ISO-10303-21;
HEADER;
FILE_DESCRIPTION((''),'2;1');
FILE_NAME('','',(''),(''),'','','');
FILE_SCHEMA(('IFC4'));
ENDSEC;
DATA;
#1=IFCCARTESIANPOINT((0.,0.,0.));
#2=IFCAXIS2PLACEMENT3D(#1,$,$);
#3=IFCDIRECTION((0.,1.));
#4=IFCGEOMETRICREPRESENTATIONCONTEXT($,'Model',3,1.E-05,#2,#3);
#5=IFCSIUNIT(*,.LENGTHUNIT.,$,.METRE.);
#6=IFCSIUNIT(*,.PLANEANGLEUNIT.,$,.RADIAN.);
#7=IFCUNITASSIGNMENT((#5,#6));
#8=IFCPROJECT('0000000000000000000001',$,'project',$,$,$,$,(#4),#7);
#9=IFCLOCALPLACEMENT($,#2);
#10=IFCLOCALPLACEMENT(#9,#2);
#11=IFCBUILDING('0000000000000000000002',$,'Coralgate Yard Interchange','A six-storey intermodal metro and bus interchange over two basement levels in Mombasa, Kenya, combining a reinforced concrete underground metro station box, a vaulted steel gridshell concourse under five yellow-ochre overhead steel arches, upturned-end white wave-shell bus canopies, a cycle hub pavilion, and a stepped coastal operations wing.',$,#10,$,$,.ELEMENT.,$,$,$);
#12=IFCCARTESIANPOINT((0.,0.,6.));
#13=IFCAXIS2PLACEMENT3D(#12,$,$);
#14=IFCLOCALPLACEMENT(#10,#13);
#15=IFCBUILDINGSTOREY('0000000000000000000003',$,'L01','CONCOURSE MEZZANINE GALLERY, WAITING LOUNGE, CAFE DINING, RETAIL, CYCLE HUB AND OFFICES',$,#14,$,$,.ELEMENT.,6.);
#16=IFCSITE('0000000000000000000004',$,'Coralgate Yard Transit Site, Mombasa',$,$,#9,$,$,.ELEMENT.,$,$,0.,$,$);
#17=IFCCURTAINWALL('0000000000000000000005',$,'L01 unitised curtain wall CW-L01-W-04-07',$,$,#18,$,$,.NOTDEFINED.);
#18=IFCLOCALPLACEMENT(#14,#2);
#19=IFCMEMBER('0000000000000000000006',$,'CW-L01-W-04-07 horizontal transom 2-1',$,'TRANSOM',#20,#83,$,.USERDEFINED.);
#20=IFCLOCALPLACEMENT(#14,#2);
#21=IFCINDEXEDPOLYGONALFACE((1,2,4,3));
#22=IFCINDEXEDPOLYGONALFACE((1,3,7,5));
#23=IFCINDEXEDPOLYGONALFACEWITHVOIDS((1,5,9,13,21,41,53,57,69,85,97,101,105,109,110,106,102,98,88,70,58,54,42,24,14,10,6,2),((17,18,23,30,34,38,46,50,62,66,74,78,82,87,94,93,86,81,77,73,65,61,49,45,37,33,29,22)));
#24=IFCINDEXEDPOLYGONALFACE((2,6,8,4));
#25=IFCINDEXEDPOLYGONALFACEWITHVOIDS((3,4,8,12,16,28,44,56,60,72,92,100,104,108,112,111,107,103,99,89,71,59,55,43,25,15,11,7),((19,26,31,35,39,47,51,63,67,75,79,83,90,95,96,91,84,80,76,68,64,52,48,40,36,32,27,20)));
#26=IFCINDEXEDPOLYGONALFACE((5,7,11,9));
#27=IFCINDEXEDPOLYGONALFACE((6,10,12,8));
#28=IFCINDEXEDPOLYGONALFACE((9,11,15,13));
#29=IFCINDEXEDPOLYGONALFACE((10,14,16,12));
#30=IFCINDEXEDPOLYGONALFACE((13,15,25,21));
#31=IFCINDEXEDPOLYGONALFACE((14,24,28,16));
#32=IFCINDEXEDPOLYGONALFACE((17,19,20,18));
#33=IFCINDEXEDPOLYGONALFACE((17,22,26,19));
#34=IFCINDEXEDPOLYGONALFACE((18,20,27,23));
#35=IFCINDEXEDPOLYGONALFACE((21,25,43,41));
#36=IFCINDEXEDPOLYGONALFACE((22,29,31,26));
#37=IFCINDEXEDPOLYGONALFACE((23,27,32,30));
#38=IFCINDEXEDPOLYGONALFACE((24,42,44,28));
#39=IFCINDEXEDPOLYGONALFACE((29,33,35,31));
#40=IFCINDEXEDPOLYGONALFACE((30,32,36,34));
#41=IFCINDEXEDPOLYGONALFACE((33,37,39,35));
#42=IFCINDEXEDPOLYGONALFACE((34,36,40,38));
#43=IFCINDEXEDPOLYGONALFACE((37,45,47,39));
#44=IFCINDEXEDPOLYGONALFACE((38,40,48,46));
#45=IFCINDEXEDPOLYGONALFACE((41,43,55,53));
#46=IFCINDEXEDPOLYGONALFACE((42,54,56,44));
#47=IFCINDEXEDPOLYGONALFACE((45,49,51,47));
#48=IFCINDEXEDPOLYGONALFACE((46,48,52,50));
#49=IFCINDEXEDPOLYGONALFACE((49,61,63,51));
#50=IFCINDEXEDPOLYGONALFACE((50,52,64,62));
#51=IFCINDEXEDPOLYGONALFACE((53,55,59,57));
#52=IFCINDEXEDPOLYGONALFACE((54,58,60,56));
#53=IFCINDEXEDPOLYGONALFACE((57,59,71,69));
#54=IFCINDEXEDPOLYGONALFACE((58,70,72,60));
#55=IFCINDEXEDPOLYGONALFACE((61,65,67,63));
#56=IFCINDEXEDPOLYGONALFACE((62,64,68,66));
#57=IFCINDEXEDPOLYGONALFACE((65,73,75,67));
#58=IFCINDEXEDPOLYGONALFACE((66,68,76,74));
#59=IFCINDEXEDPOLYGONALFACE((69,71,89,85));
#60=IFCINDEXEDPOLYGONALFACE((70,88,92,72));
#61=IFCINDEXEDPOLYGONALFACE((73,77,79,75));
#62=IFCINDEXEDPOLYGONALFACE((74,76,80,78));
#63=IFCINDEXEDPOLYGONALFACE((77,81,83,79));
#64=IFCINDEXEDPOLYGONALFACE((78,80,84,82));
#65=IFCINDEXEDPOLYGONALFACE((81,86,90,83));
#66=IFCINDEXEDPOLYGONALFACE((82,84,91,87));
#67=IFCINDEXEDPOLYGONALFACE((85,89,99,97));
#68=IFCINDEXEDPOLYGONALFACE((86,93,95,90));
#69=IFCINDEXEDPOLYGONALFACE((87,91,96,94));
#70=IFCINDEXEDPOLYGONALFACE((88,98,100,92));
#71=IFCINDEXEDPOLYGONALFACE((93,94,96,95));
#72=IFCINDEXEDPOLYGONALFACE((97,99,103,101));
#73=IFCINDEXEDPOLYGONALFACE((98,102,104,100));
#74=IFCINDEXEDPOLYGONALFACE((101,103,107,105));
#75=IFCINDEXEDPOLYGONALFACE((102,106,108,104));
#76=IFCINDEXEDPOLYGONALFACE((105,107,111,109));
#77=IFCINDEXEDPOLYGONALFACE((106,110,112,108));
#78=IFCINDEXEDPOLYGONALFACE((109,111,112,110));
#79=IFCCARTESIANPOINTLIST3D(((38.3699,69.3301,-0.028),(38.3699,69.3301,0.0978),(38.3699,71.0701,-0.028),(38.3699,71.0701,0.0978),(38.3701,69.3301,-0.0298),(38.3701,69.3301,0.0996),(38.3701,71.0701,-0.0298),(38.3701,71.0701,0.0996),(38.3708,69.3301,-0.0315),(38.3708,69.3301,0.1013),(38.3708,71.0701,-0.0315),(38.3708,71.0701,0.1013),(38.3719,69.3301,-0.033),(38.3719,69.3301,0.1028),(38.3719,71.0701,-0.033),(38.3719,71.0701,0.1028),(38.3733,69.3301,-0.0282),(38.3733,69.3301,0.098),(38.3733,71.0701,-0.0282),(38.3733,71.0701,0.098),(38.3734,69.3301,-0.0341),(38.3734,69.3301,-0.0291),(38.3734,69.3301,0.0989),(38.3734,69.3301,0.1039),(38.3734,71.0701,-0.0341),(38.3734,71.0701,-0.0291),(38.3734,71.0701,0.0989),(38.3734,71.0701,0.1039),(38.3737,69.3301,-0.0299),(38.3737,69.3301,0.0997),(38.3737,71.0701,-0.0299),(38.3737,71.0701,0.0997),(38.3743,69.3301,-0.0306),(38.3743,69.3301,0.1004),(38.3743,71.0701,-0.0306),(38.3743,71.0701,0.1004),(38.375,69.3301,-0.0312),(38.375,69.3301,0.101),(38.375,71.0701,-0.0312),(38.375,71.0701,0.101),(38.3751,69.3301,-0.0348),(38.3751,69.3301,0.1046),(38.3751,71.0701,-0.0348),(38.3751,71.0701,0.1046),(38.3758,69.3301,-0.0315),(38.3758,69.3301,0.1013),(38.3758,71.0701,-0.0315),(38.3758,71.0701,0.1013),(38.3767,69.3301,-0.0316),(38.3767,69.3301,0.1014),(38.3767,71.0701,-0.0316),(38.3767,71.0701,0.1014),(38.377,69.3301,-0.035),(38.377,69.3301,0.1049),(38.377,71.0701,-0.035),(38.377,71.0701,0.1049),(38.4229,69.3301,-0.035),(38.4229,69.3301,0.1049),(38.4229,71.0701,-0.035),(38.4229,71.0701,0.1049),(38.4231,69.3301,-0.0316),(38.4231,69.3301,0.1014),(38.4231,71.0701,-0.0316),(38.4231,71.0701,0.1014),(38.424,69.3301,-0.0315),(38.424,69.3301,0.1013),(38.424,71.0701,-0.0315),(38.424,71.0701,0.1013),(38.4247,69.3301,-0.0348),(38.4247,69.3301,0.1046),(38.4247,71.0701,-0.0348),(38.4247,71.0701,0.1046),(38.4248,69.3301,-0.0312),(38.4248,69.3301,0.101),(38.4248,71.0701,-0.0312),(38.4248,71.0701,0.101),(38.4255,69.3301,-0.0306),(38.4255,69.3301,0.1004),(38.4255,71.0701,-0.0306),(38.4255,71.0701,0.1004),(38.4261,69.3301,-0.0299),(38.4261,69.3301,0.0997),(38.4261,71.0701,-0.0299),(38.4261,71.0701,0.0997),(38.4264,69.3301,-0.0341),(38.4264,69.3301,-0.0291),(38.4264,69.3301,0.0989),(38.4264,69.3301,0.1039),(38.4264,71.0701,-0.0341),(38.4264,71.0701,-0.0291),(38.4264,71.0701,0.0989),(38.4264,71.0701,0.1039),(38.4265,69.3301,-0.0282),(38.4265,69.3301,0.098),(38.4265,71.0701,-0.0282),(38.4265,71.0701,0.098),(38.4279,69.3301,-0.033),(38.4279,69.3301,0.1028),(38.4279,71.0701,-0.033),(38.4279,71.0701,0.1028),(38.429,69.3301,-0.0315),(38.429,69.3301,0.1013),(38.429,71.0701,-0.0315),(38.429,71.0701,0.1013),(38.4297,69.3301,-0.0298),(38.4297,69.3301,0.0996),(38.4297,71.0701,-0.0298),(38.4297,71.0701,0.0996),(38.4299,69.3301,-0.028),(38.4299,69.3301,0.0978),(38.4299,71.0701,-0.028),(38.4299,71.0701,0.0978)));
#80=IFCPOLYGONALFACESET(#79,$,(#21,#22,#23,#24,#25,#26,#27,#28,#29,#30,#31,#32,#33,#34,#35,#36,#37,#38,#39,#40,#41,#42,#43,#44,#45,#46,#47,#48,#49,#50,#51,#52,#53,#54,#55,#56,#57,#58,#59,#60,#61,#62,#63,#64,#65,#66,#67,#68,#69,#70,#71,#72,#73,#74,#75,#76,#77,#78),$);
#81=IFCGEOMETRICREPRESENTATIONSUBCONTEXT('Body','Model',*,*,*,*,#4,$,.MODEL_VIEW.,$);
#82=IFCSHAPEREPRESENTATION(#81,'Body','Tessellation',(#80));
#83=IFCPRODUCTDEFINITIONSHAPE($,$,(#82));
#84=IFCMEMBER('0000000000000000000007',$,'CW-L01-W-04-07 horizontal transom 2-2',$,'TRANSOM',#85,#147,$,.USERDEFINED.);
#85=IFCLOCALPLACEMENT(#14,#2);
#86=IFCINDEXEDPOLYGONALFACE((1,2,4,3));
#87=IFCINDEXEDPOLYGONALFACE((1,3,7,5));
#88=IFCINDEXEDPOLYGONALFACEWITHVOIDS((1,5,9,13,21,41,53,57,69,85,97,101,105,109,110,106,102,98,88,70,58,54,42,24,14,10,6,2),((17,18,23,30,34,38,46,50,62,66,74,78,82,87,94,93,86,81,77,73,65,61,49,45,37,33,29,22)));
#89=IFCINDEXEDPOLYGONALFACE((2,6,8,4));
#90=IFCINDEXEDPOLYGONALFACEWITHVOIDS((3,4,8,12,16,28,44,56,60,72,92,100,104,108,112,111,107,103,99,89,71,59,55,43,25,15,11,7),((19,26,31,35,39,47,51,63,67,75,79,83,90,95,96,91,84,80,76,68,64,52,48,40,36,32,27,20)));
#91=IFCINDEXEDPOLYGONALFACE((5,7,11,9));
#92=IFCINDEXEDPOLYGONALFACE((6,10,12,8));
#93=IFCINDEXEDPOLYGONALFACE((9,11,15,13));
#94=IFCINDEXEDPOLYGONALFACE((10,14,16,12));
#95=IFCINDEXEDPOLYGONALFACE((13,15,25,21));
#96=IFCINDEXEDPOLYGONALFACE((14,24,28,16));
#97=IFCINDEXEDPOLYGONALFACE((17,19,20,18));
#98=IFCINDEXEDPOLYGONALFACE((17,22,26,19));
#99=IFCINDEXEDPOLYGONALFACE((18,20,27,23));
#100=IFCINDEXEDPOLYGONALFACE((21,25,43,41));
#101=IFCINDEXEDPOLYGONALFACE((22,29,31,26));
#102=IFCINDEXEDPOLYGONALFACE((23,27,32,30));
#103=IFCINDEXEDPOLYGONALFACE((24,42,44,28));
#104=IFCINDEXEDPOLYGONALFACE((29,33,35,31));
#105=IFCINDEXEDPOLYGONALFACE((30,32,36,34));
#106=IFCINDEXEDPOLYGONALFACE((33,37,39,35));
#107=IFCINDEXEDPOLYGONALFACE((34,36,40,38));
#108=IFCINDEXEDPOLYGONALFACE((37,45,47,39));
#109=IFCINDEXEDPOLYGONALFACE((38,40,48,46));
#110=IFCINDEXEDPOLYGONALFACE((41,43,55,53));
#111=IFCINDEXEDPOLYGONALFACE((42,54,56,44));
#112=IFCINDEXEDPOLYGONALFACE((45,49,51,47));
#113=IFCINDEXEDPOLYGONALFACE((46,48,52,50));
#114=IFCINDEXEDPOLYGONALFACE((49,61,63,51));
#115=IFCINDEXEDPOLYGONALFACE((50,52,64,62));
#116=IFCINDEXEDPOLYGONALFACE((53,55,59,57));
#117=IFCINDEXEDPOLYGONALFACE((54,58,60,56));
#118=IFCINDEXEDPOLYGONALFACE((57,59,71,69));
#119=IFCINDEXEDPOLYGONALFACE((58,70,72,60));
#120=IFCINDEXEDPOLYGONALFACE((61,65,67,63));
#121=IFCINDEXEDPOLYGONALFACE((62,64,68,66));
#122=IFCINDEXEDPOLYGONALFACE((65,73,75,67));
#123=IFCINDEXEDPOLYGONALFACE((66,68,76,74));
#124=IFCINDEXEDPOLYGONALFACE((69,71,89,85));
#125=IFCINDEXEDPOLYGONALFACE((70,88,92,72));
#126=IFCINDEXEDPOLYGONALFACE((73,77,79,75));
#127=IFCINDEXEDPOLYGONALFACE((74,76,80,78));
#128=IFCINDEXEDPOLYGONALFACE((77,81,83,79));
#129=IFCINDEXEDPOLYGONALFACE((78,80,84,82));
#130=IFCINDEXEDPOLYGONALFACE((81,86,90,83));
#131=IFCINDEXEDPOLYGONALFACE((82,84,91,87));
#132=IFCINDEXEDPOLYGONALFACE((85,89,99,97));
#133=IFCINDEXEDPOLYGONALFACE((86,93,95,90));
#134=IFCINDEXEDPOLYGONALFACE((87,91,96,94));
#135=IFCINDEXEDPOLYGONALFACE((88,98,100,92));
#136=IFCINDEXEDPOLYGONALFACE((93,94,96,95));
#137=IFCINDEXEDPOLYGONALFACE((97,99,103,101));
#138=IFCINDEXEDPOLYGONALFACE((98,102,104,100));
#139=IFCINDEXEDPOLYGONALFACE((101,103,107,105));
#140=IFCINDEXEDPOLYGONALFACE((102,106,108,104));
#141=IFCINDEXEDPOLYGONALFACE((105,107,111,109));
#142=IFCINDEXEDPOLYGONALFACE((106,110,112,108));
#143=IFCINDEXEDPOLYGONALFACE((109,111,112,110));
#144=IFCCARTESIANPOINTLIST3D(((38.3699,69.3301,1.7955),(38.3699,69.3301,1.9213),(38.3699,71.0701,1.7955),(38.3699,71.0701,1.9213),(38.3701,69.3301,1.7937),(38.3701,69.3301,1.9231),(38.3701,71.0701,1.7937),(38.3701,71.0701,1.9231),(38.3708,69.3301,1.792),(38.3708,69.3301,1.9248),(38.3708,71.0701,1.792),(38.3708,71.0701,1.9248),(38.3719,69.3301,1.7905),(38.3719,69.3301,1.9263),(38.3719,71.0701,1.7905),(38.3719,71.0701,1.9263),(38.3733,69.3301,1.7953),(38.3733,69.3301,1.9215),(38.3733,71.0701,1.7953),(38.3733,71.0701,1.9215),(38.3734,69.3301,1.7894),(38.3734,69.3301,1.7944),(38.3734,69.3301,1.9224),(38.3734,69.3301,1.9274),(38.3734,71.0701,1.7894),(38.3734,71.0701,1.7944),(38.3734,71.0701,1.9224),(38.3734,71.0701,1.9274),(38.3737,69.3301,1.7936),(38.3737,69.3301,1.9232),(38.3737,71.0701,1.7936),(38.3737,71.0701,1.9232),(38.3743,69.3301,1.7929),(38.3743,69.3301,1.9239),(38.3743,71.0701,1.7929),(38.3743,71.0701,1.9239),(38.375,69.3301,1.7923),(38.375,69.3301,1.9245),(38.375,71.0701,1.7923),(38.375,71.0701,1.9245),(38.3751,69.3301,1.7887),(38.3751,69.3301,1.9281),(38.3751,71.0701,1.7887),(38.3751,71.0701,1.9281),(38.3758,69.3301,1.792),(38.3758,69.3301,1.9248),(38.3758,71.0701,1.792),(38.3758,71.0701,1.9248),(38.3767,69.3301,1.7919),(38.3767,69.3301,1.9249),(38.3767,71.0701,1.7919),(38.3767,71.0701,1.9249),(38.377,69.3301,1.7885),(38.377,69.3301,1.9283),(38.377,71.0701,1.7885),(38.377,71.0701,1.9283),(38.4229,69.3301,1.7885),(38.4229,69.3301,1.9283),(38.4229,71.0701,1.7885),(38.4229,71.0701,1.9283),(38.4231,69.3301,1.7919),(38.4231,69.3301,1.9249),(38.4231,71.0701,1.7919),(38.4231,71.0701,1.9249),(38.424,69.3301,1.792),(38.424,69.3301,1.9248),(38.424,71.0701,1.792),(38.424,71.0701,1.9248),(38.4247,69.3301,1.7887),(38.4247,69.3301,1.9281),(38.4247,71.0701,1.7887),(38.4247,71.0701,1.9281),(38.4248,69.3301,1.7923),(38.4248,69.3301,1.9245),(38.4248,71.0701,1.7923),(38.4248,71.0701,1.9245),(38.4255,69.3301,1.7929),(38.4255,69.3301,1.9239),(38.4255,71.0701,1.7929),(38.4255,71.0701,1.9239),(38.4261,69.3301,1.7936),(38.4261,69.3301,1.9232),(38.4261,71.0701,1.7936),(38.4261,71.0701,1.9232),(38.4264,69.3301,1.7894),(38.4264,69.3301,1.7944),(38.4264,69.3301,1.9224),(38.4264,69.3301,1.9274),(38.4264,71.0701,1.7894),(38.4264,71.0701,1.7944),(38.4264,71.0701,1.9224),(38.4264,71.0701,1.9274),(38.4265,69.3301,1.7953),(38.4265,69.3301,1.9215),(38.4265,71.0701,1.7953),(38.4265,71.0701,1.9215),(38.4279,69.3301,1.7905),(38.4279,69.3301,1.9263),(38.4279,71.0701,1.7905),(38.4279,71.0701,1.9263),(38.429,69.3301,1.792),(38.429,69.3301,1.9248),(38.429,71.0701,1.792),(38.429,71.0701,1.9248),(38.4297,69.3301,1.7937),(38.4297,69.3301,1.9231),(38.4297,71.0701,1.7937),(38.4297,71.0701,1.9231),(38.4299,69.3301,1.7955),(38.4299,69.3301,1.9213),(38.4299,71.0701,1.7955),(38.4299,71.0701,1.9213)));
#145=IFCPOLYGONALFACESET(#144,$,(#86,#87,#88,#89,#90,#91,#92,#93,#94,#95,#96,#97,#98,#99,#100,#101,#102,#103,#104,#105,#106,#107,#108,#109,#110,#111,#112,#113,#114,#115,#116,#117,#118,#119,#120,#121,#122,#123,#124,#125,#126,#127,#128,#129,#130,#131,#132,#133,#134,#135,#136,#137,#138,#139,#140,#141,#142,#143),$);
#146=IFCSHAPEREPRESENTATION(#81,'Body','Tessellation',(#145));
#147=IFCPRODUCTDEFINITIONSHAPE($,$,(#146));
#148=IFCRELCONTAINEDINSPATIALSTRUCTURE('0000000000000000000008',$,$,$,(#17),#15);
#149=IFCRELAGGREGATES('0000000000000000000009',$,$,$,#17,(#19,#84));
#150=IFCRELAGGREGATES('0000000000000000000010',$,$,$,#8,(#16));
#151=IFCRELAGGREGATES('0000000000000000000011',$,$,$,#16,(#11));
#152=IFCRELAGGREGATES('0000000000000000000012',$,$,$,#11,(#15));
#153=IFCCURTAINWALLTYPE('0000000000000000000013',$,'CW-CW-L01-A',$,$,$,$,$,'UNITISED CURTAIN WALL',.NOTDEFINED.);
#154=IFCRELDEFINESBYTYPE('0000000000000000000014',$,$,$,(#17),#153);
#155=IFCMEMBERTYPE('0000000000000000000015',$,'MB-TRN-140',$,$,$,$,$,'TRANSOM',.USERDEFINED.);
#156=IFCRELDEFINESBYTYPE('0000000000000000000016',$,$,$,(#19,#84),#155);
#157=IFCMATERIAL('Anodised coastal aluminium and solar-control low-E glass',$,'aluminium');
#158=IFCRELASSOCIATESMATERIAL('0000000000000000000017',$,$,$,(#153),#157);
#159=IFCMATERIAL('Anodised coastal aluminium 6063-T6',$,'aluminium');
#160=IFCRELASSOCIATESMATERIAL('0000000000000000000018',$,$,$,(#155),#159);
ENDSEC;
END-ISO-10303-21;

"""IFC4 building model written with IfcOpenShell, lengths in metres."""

from ifc_helpers import new_model, si_unit, direction, frame, origin, origin_2d, place, context, subcontext, project, spatial, hollow_rectangle, extrude, material, material_profile, profile_set, type_object, element, aggregate, save


model = new_model("IFC4")

# Units and contexts
model_context = context("Model", 3, precision=1e-05, world=origin(), true_north=direction((0.0, 1.0)))
body_context = subcontext(model_context, "Body", "Model", "MODEL_VIEW")
ifc_project = project(units=[si_unit("LENGTHUNIT", "METRE"), si_unit("PLANEANGLEUNIT", "RADIAN")], contexts=[model_context])

# Site, building, storey
site_placement = place(None, origin())
site = spatial("IfcSite", under=ifc_project, at=site_placement, Name="Coralgate Yard Transit Site, Mombasa", CompositionType="ELEMENT", RefElevation=0.0)
building_placement = place(site_placement, origin())
building = spatial("IfcBuilding", under=site, at=building_placement, Name="Coralgate Yard Interchange", Description="A six-storey intermodal metro and bus interchange over two basement levels in Mombasa, Kenya, combining a reinforced concrete underground metro station box, a vaulted steel gridshell concourse under five yellow-ochre overhead steel arches, upturned-end white wave-shell bus canopies, a cycle hub pavilion, and a stepped coastal operations wing.", CompositionType="ELEMENT")
storey_placement = place(building_placement, frame((0.0, 0.0, 6.0)))
storey = spatial("IfcBuildingStorey", under=building, at=storey_placement, Name="L01", Description="CONCOURSE MEZZANINE GALLERY, WAITING LOUNGE, CAFE DINING, RETAIL, CYCLE HUB AND OFFICES", CompositionType="ELEMENT", Elevation=6.0)

# Shared definitions
ifc_material_1 = material(Name="Anodised coastal aluminium and solar-control low-E glass", Category="aluminium")
curtain_wall_type = type_object("IfcCurtainWallType", Name="CW-CW-L01-A", ElementType="UNITISED CURTAIN WALL", PredefinedType="NOTDEFINED", material=ifc_material_1)
ifc_material_2 = material(Name="Anodised coastal aluminium 6063-T6", Category="aluminium")

# Curtain wall, members
curtain_wall_1_placement = place(storey_placement, origin())
curtain_wall_1 = element("IfcCurtainWall", 1, at=curtain_wall_1_placement, inside=storey, type_object=curtain_wall_type, Name="L01 unitised curtain wall CW-L01-W-04-07", PredefinedType="NOTDEFINED")
ifc_material_profile_1 = material_profile(ifc_material_2, hollow_rectangle(XDim=0.0601, YDim=0.1399, WallThickness=0.0034, InnerFilletRadius=0.0034, OuterFilletRadius=0.0071, at=origin_2d()), Name="ALU 60x140x3.5")
ifc_profile_set_1 = profile_set([ifc_material_profile_1], Name="Anodised coastal aluminium 6063-T6")
member_type_1 = type_object("IfcMemberType", Name="MB-TRN-140", ElementType="TRANSOM", PredefinedType="USERDEFINED", material=ifc_profile_set_1)
member_1_placement = place(storey_placement, frame((38.3999, 69.3301, 0.0349), z_axis=(0.0, 1.0, 0.0), x_axis=(-1.0, 0.0, 0.0)))
member_1 = element("IfcMember", 2, at=member_1_placement, type_object=member_type_1, Name="CW-L01-W-04-07 horizontal transom 2-1", ObjectType="TRANSOM", PredefinedType="USERDEFINED", context=body_context, shape_type="SweptSolid", body=[
    extrude(hollow_rectangle(XDim=0.0601, YDim=0.1399, WallThickness=0.0034, InnerFilletRadius=0.0034, OuterFilletRadius=0.0071, at=origin_2d()), origin(), (0.0, 0.0, 1.0), 1.74),
])
member_2_placement = place(storey_placement, frame((38.3999, 69.3301, 1.8584), z_axis=(0.0, 1.0, 0.0), x_axis=(-1.0, 0.0, 0.0)))
member_2 = element("IfcMember", 3, at=member_2_placement, type_object=member_type_1, Name="CW-L01-W-04-07 horizontal transom 2-2", ObjectType="TRANSOM", PredefinedType="USERDEFINED", context=body_context, shape_type="SweptSolid", body=[
    extrude(hollow_rectangle(XDim=0.0601, YDim=0.1399, WallThickness=0.0034, InnerFilletRadius=0.0034, OuterFilletRadius=0.0071, at=origin_2d()), origin(), (0.0, 0.0, 1.0), 1.74),
])

aggregate(curtain_wall_1, [member_1, member_2])

save(model, "model.ifc")
